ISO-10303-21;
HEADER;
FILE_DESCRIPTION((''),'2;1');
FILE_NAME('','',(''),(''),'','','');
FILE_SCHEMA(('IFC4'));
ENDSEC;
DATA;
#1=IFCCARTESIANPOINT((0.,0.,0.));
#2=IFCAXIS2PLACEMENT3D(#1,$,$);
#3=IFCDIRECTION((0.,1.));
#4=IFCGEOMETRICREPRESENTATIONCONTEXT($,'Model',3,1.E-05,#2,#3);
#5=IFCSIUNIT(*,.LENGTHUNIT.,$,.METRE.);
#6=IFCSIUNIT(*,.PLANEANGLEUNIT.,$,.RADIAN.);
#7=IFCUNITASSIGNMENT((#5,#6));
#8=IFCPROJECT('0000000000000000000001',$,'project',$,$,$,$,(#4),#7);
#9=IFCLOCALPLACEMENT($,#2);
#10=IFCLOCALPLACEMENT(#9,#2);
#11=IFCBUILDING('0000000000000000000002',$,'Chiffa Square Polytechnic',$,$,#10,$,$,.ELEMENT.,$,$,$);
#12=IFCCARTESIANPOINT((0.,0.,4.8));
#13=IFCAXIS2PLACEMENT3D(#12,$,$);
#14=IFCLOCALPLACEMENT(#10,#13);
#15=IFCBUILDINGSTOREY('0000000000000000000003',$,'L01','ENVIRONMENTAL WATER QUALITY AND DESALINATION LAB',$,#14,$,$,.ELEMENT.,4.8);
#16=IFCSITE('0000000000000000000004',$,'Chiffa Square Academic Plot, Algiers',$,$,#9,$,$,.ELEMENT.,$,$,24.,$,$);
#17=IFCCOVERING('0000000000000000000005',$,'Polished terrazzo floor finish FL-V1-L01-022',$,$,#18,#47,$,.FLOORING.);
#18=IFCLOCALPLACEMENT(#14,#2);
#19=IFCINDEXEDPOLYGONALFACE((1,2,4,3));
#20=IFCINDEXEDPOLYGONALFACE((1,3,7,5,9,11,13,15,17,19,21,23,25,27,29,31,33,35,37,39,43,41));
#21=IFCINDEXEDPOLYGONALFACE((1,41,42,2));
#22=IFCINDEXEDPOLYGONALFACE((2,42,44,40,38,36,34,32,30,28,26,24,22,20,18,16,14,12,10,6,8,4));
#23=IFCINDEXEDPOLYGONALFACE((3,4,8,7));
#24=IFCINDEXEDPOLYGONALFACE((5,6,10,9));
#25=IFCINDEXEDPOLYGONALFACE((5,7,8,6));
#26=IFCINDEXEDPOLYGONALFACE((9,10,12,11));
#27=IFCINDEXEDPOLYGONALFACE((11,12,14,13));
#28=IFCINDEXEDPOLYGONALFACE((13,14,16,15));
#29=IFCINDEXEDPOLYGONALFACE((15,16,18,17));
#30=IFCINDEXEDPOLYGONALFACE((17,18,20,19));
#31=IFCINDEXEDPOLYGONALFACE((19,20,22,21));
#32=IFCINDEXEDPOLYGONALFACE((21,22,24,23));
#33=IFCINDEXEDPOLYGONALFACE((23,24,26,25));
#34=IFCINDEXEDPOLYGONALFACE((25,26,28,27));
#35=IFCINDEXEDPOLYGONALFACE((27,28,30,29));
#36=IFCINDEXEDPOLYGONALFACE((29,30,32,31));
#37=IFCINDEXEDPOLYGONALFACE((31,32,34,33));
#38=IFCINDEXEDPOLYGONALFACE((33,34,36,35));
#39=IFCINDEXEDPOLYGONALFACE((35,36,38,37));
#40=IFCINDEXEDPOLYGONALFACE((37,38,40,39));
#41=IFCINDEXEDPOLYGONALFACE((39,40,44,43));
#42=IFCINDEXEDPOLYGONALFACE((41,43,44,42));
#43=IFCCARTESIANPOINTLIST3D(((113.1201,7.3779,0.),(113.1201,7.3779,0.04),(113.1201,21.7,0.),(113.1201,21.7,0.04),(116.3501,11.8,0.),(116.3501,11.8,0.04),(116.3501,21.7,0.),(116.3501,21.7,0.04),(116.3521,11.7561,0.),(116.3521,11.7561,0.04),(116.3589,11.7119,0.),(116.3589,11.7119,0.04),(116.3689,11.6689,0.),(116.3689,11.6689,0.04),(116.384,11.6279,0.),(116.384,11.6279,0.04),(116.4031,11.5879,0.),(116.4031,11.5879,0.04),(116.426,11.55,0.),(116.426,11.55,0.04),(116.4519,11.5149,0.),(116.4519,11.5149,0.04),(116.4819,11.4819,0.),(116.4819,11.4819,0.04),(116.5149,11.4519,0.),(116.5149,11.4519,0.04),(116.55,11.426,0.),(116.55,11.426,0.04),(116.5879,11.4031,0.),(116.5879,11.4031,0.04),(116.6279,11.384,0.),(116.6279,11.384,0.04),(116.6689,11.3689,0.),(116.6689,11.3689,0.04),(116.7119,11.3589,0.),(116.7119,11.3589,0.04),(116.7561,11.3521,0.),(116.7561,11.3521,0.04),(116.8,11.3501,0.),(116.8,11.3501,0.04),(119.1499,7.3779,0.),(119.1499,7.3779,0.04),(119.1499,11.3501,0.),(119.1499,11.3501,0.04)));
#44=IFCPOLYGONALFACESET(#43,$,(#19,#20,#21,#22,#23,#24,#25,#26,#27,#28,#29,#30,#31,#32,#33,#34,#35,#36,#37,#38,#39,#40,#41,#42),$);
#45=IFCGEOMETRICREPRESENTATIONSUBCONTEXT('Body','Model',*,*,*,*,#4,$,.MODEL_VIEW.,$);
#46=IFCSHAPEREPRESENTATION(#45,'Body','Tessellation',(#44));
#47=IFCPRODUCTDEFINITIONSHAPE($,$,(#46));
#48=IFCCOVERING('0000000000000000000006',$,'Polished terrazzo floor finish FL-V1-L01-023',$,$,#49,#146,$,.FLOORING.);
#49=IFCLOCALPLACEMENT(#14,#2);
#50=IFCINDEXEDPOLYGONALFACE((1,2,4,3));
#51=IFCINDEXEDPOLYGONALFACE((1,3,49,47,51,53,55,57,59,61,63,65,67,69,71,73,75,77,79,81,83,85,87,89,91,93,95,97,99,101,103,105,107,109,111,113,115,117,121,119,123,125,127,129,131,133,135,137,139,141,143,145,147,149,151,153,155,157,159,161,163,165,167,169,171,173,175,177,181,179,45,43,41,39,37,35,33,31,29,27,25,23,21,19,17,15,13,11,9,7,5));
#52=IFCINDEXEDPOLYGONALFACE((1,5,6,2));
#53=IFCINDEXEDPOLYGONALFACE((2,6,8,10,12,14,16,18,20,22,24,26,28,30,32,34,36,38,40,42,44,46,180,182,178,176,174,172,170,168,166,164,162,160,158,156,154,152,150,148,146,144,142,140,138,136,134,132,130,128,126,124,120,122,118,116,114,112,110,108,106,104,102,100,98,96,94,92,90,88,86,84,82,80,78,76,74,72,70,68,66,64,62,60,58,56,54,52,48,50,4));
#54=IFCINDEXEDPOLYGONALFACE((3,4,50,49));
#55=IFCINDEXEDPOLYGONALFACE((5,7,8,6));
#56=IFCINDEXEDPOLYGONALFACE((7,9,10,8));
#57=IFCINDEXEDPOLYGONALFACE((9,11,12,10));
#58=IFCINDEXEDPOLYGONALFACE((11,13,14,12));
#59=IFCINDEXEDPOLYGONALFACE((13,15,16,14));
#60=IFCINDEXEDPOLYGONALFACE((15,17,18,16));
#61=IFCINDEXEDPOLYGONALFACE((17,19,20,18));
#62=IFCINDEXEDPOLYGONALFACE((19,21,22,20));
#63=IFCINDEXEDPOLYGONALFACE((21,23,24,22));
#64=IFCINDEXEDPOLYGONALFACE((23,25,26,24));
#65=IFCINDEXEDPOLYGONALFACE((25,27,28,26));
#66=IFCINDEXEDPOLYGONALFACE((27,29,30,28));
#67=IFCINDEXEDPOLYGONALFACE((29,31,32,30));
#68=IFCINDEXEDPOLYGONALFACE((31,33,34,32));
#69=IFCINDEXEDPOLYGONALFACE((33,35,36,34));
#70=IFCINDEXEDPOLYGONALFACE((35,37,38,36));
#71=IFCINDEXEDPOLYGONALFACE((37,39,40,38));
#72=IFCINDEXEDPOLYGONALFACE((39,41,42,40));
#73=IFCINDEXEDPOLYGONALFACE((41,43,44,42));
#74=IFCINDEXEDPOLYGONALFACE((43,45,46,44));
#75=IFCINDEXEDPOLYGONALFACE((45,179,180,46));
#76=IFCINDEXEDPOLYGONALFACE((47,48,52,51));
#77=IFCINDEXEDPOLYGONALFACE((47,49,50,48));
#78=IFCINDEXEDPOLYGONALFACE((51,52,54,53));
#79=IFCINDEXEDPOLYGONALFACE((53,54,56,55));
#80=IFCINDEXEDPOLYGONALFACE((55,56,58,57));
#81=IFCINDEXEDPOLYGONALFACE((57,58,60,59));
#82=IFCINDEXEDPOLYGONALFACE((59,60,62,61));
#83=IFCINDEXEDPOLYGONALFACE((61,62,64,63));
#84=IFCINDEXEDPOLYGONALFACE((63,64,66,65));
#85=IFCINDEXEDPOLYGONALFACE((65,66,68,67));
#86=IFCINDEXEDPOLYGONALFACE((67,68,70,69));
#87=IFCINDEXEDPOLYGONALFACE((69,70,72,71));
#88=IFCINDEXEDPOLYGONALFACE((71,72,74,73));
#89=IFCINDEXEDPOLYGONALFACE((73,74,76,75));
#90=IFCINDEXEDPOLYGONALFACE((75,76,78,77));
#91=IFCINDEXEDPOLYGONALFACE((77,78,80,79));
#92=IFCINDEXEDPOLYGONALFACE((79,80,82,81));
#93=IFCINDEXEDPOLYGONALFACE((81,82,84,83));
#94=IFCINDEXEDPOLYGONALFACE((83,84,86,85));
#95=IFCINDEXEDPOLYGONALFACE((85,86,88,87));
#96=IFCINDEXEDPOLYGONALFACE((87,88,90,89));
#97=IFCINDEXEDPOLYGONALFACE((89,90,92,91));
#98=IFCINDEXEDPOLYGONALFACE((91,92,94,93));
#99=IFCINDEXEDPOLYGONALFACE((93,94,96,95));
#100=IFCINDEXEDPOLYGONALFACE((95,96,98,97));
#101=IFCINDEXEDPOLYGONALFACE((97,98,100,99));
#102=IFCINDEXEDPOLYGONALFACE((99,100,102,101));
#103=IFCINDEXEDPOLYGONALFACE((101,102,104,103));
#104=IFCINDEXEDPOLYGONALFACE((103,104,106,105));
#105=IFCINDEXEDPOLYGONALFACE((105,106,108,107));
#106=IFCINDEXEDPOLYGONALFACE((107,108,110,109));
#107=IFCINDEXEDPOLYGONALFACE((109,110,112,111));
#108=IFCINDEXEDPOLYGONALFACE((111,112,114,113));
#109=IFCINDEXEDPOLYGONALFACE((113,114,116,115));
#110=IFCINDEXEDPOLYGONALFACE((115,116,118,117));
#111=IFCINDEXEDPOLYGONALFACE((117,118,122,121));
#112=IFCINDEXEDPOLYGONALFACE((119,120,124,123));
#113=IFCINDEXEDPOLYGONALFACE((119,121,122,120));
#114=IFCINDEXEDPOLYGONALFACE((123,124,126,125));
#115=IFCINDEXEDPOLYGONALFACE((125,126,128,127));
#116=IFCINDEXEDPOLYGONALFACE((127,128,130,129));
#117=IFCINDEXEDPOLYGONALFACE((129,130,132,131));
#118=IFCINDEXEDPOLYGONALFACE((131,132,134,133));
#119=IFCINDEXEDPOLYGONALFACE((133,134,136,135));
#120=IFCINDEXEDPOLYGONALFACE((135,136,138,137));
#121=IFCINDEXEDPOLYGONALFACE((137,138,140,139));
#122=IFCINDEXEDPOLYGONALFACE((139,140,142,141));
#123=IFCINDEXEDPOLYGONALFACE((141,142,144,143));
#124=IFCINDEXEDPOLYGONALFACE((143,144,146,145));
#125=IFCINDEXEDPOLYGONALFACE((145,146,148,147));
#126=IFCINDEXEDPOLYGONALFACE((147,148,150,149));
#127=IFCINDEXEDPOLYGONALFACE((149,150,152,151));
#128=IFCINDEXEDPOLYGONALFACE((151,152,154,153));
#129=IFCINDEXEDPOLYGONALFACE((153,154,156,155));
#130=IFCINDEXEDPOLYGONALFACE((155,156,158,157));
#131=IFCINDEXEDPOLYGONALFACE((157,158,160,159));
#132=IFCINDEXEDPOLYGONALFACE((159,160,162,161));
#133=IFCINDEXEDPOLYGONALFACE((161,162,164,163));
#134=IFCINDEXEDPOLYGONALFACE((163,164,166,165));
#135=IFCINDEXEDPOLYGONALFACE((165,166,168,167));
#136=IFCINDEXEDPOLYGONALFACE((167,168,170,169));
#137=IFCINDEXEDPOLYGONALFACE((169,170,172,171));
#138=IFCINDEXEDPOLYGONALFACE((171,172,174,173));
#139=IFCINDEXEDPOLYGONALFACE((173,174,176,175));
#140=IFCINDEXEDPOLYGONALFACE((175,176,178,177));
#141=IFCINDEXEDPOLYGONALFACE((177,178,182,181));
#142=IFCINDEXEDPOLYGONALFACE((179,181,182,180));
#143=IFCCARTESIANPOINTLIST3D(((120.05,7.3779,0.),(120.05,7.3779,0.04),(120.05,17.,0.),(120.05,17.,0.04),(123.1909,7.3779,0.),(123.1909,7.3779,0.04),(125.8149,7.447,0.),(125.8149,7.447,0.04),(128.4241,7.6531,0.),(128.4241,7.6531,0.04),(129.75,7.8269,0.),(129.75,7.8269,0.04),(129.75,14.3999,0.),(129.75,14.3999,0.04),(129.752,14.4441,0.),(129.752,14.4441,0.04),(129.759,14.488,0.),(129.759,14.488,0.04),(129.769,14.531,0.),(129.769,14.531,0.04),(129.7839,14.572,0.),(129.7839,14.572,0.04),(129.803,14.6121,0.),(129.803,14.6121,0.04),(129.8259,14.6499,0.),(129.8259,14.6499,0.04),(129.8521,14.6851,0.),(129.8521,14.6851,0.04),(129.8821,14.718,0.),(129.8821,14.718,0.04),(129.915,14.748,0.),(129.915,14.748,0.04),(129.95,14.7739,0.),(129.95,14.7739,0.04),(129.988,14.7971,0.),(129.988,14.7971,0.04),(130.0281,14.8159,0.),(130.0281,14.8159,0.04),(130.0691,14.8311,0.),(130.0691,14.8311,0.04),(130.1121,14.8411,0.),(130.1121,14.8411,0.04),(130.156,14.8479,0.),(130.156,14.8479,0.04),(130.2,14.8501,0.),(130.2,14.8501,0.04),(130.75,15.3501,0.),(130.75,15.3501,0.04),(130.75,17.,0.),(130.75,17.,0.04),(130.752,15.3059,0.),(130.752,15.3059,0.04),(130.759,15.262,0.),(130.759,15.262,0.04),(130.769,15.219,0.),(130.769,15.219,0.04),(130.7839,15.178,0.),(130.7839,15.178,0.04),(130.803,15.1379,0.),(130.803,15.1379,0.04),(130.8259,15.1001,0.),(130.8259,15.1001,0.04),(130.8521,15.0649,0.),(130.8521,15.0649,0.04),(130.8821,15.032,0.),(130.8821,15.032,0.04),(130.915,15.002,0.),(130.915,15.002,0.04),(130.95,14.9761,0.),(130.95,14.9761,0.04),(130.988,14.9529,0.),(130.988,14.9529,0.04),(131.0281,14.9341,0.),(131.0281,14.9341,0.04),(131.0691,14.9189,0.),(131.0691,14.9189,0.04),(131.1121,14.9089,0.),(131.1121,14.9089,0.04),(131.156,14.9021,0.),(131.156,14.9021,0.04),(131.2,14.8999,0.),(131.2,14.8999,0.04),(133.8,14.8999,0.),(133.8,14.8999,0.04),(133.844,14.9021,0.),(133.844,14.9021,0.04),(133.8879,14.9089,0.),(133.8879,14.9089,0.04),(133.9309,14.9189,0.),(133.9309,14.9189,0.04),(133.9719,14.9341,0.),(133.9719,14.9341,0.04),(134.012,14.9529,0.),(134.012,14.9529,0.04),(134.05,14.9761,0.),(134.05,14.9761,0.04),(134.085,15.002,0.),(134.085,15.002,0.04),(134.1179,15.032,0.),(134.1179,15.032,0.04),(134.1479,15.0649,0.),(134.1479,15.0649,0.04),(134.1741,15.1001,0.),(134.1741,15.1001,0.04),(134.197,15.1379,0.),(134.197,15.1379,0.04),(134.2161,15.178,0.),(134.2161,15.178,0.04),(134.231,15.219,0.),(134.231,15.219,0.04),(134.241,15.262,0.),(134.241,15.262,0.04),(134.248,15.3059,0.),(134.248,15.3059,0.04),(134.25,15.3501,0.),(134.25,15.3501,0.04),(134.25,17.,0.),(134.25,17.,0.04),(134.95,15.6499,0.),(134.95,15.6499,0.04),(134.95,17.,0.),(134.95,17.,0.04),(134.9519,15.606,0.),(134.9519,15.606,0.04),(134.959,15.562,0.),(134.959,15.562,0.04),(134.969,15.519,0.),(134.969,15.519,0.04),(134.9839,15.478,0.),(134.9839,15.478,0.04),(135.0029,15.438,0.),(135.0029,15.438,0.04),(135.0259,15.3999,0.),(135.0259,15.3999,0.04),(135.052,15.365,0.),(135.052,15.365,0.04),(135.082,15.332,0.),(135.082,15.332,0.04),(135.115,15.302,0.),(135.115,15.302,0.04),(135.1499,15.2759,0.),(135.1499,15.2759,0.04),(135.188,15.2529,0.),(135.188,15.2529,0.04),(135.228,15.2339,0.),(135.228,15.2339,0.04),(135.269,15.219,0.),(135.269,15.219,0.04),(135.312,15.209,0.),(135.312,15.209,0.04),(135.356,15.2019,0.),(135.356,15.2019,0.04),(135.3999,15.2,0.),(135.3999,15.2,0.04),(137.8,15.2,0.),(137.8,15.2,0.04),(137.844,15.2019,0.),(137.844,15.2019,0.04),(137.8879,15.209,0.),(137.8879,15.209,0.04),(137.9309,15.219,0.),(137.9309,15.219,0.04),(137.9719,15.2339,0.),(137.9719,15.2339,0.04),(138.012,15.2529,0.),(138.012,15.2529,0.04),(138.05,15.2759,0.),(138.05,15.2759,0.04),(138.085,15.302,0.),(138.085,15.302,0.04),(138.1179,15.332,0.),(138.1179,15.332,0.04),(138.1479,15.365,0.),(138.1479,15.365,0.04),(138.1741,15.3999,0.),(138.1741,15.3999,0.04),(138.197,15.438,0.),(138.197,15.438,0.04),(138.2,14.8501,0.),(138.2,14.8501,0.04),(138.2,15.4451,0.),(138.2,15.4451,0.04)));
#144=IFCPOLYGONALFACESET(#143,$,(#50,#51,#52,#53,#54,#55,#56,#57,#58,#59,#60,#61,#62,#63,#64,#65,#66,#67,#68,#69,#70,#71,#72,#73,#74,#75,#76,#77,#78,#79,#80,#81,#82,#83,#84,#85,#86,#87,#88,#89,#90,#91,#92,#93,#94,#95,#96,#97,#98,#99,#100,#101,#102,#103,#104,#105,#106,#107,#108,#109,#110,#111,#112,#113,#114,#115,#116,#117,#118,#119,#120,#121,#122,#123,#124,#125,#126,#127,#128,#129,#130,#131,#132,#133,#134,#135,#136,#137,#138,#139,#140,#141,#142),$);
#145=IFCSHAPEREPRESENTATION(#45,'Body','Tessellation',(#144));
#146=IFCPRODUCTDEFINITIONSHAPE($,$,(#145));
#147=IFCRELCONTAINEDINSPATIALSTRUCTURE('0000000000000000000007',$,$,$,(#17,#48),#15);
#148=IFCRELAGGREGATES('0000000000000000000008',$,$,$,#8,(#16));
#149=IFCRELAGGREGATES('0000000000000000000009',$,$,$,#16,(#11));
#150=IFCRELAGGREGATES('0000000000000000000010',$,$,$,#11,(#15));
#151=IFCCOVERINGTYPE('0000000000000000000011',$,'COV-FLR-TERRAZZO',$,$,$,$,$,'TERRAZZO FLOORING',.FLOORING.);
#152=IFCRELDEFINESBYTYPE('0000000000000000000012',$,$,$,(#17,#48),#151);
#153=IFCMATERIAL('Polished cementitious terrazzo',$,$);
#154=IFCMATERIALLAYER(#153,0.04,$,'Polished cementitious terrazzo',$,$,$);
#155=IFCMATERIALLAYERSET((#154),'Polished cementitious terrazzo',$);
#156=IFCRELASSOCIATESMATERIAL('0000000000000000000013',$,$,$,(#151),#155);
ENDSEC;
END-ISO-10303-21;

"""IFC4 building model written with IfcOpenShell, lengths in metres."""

from ifc_helpers import new_model, si_unit, direction, frame, origin, place, context, subcontext, project, spatial, polyline, outline, extrude, material, layer, layer_set, type_object, element, save


model = new_model("IFC4")

# Units and contexts
model_context = context("Model", 3, precision=1e-05, world=origin(), true_north=direction((0.0, 1.0)))
body_context = subcontext(model_context, "Body", "Model", "MODEL_VIEW")
ifc_project = project(units=[si_unit("LENGTHUNIT", "METRE"), si_unit("PLANEANGLEUNIT", "RADIAN")], contexts=[model_context])

# Site, building, storey
site_placement = place(None, origin())
site = spatial("IfcSite", under=ifc_project, at=site_placement, Name="Chiffa Square Academic Plot, Algiers", CompositionType="ELEMENT", RefElevation=24.0)
building_placement = place(site_placement, origin())
building = spatial("IfcBuilding", under=site, at=building_placement, Name="Chiffa Square Polytechnic", CompositionType="ELEMENT")
storey_placement = place(building_placement, frame((0.0, 0.0, 4.8)))
storey = spatial("IfcBuildingStorey", under=building, at=storey_placement, Name="L01", Description="ENVIRONMENTAL WATER QUALITY AND DESALINATION LAB", CompositionType="ELEMENT", Elevation=4.8)

# Coverings
ifc_material_1 = material(Name="Polished cementitious terrazzo")
ifc_layer_1 = layer(ifc_material_1, 0.04, Name="Polished cementitious terrazzo")
ifc_layer_set_1 = layer_set([ifc_layer_1], Name="Polished cementitious terrazzo")
covering_type_1 = type_object("IfcCoveringType", Name="COV-FLR-TERRAZZO", ElementType="TERRAZZO FLOORING", PredefinedType="FLOORING", material=ifc_layer_set_1)
covering_1_placement = place(storey_placement, origin())
element("IfcCovering", 1, at=covering_1_placement, inside=storey, type_object=covering_type_1, Name="Polished terrazzo floor finish FL-V1-L01-022", PredefinedType="FLOORING", context=body_context, shape_type="SweptSolid", body=[
    extrude(outline(polyline([(116.3501, 21.7), (116.3501, 11.8), (116.3521, 11.7561), (116.3589, 11.7119), (116.3689, 11.6689), (116.384, 11.6279), (116.4031, 11.5879), (116.426, 11.55), (116.4519, 11.5149), (116.4819, 11.4819), (116.5149, 11.4519), (116.55, 11.426), (116.5879, 11.4031), (116.6279, 11.384), (116.6689, 11.3689), (116.7119, 11.3589), (116.7561, 11.3521), (116.8, 11.3501), (119.1499, 11.3501), (119.1499, 7.3779), (113.1201, 7.3779), (113.1201, 21.7), (116.3501, 21.7)])), origin(), (0.0, 0.0, 1.0), 0.04),
])
covering_2_placement = place(storey_placement, origin())
element("IfcCovering", 2, at=covering_2_placement, inside=storey, type_object=covering_type_1, Name="Polished terrazzo floor finish FL-V1-L01-023", PredefinedType="FLOORING", context=body_context, shape_type="SweptSolid", body=[
    extrude(outline(polyline([(120.05, 17.0), (130.75, 17.0), (130.75, 15.3501), (130.752, 15.3059), (130.759, 15.262), (130.769, 15.219), (130.7839, 15.178), (130.803, 15.1379), (130.8259, 15.1001), (130.8521, 15.0649), (130.8821, 15.032), (130.915, 15.002), (130.95, 14.9761), (130.988, 14.9529), (131.0281, 14.9341), (131.0691, 14.9189), (131.1121, 14.9089), (131.156, 14.9021), (131.2, 14.8999), (133.8, 14.8999), (133.844, 14.9021), (133.8879, 14.9089), (133.9309, 14.9189), (133.9719, 14.9341), (134.012, 14.9529), (134.05, 14.9761), (134.085, 15.002), (134.1179, 15.032), (134.1479, 15.0649), (134.1741, 15.1001), (134.197, 15.1379), (134.2161, 15.178), (134.231, 15.219), (134.241, 15.262), (134.248, 15.3059), (134.25, 15.3501), (134.25, 17.0), (134.95, 17.0), (134.95, 15.6499), (134.9519, 15.606), (134.959, 15.562), (134.969, 15.519), (134.9839, 15.478), (135.0029, 15.438), (135.0259, 15.3999), (135.052, 15.365), (135.082, 15.332), (135.115, 15.302), (135.1499, 15.2759), (135.188, 15.2529), (135.228, 15.2339), (135.269, 15.219), (135.312, 15.209), (135.356, 15.2019), (135.3999, 15.2), (137.8, 15.2), (137.844, 15.2019), (137.8879, 15.209), (137.9309, 15.219), (137.9719, 15.2339), (138.012, 15.2529), (138.05, 15.2759), (138.085, 15.302), (138.1179, 15.332), (138.1479, 15.365), (138.1741, 15.3999), (138.197, 15.438), (138.2, 15.4451), (138.2, 14.8501), (130.2, 14.8501), (130.156, 14.8479), (130.1121, 14.8411), (130.0691, 14.8311), (130.0281, 14.8159), (129.988, 14.7971), (129.95, 14.7739), (129.915, 14.748), (129.8821, 14.718), (129.8521, 14.6851), (129.8259, 14.6499), (129.803, 14.6121), (129.7839, 14.572), (129.769, 14.531), (129.759, 14.488), (129.752, 14.4441), (129.75, 14.3999), (129.75, 7.8269), (128.4241, 7.6531), (125.8149, 7.447), (123.1909, 7.3779), (120.05, 7.3779), (120.05, 17.0)])), origin(), (0.0, 0.0, 1.0), 0.04),
])

save(model, "model.ifc")
